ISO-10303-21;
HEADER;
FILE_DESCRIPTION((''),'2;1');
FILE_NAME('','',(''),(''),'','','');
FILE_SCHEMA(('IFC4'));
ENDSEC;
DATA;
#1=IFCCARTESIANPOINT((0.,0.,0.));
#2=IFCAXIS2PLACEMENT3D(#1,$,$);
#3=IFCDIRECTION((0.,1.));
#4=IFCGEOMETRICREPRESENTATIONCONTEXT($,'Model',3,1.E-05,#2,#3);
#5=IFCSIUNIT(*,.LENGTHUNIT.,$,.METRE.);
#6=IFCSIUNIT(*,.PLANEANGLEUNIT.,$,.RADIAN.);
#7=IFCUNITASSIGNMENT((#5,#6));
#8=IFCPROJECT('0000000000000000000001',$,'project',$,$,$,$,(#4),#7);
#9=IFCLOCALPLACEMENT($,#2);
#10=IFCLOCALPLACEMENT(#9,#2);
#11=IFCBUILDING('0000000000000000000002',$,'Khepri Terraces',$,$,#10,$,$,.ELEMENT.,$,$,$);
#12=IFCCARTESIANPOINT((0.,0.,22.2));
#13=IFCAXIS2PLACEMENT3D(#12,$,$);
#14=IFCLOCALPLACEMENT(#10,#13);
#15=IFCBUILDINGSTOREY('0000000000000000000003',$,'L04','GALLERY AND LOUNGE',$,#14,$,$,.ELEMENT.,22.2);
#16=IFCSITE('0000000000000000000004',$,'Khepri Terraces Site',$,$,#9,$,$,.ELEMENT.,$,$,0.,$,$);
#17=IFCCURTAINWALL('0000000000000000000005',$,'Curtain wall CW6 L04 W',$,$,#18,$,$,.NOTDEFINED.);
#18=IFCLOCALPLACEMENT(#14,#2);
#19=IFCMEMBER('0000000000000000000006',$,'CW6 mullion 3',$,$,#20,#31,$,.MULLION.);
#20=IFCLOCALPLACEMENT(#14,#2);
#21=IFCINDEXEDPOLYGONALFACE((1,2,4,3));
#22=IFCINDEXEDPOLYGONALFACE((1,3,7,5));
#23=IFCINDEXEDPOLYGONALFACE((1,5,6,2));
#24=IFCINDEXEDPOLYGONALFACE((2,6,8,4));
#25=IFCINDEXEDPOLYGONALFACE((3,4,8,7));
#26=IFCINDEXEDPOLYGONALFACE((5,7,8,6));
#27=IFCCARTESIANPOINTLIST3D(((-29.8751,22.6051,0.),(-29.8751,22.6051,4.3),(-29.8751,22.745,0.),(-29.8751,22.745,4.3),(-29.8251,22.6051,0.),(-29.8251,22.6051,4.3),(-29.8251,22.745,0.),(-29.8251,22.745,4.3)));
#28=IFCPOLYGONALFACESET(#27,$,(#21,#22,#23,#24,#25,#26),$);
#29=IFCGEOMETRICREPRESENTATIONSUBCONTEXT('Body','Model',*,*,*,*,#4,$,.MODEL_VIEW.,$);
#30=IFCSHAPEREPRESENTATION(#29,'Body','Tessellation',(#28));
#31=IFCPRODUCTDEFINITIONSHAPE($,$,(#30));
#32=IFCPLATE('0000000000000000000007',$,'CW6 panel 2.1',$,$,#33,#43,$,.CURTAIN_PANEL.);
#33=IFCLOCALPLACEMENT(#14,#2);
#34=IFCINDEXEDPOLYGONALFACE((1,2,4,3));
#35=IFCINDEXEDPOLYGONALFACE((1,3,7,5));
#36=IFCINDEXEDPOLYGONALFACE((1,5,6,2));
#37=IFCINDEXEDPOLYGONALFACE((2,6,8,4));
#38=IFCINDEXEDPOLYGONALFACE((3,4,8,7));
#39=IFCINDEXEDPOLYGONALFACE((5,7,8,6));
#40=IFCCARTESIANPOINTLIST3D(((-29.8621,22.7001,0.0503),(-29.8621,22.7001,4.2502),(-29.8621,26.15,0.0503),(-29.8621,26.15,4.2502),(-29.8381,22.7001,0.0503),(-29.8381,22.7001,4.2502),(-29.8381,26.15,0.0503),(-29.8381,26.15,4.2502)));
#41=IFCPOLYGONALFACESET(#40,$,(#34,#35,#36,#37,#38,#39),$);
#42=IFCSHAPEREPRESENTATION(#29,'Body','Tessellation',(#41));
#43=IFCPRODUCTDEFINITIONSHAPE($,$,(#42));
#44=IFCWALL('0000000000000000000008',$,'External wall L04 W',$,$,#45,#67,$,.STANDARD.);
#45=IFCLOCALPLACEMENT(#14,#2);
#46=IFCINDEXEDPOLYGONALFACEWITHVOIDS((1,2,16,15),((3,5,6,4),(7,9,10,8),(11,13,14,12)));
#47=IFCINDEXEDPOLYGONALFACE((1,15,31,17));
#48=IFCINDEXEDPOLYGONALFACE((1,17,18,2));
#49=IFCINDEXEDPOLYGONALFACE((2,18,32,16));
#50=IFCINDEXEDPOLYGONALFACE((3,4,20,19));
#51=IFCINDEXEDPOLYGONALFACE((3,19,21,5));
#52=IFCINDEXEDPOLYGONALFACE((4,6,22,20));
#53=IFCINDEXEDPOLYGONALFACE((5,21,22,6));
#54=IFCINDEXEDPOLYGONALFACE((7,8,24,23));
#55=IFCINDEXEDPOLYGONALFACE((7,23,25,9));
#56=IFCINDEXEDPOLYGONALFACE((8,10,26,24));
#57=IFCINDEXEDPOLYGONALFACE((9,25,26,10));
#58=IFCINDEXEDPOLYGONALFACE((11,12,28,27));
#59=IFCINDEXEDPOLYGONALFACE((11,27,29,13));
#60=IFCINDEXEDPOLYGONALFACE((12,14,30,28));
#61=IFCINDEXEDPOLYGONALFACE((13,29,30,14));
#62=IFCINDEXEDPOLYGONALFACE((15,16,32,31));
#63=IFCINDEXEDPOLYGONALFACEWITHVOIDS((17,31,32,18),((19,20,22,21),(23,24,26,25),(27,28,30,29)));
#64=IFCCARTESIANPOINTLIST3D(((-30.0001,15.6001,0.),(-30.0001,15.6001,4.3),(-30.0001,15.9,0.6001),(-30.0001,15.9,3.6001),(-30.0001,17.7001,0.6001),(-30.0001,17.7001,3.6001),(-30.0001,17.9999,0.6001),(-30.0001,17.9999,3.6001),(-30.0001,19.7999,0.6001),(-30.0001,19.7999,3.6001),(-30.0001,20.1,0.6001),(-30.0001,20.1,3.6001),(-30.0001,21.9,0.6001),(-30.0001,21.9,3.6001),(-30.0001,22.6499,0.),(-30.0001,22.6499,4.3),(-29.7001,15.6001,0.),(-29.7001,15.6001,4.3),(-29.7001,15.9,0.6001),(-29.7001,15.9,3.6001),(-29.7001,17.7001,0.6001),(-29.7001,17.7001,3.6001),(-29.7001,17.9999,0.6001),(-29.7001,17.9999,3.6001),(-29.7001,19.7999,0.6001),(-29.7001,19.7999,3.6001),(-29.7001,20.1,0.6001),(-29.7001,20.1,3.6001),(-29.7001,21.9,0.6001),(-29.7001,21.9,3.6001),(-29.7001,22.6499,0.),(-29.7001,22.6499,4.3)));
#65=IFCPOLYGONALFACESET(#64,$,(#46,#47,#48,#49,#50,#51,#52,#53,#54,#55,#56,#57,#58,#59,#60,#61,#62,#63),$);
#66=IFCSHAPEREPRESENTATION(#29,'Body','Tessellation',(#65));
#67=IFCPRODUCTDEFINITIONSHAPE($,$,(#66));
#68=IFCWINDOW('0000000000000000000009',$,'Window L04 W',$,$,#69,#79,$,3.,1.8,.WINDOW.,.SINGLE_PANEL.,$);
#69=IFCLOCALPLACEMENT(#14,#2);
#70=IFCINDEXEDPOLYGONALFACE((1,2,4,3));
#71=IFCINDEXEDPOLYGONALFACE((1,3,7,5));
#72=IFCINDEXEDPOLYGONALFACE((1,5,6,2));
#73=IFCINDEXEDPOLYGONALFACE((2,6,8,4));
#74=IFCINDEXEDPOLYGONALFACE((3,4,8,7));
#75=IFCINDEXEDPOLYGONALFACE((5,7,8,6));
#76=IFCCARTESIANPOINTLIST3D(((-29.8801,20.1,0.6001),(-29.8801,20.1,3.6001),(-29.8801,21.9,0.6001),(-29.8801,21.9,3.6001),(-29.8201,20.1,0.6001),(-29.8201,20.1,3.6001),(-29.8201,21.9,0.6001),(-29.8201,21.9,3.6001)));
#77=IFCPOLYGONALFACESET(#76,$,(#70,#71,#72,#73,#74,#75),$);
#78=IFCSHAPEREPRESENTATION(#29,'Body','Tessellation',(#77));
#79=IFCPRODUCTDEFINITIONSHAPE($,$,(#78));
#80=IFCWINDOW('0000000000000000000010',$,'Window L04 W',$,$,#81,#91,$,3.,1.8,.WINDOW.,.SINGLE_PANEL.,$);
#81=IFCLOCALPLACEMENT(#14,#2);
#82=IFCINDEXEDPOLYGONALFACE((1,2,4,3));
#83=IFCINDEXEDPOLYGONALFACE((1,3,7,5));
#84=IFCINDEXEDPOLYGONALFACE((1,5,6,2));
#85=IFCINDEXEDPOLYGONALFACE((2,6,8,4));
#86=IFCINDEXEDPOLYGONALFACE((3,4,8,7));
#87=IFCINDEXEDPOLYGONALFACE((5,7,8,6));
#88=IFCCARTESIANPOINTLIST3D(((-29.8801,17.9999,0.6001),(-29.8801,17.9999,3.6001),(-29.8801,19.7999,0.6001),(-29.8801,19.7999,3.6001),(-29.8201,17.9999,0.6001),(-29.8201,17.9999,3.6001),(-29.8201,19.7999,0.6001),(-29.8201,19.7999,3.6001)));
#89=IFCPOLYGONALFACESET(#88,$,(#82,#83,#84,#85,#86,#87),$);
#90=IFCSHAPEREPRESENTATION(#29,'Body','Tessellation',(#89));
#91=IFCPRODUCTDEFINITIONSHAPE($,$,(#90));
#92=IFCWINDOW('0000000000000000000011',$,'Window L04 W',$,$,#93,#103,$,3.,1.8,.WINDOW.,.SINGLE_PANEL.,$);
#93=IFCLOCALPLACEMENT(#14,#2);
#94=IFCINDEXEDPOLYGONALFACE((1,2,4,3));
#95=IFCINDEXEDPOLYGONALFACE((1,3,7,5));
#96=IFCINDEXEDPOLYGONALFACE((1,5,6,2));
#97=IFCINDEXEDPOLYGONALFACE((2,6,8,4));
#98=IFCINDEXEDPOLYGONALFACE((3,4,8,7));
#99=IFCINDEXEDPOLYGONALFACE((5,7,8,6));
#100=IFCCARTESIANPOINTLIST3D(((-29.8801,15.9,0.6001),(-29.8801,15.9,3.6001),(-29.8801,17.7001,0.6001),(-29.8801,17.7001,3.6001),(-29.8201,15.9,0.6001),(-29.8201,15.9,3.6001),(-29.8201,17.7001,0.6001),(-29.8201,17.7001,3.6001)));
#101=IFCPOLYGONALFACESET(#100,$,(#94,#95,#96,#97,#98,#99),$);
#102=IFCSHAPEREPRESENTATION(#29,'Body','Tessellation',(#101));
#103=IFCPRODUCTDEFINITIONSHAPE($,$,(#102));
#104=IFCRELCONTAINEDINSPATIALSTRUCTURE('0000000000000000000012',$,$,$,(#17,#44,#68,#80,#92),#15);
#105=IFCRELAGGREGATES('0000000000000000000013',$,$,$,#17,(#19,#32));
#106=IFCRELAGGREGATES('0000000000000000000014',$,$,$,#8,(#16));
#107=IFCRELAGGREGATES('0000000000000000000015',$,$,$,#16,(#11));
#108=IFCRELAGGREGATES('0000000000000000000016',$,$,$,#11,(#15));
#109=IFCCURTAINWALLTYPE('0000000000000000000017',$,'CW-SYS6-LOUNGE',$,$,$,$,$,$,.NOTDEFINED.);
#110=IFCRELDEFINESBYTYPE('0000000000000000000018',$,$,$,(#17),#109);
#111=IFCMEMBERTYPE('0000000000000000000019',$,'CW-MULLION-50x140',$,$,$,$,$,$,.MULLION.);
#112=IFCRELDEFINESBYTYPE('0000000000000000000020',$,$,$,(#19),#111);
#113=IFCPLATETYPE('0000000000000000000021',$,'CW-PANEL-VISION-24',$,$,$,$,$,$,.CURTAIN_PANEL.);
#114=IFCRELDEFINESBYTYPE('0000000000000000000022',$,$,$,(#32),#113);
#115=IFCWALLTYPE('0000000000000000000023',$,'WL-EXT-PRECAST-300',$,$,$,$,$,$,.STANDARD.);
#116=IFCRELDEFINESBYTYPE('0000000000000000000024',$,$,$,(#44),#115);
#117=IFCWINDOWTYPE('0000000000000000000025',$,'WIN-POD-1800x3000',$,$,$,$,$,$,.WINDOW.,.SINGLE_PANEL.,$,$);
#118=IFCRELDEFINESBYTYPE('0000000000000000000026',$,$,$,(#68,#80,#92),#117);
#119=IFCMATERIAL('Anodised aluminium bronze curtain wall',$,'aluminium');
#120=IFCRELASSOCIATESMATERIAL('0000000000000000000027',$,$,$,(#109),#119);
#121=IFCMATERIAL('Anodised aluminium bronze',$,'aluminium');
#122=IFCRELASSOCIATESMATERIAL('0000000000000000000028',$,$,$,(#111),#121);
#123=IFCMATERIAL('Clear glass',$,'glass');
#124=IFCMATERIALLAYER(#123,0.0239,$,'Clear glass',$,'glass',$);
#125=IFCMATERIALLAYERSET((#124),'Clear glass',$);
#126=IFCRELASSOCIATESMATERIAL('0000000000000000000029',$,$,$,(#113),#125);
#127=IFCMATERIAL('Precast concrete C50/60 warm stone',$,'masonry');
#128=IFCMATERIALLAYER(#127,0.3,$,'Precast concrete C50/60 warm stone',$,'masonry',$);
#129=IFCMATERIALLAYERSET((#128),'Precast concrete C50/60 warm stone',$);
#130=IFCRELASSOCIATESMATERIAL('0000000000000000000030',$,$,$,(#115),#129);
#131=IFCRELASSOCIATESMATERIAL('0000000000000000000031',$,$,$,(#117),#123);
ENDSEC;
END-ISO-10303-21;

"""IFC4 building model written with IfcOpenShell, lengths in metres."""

from ifc_helpers import new_model, si_unit, direction, frame, frame_2d, origin, origin_2d, place, context, subcontext, project, spatial, rectangle, extrude, material, layer, layer_set, material_profile, profile_set, type_object, element, fill, aggregate, save


model = new_model("IFC4")

# Units and contexts
model_context = context("Model", 3, precision=1e-05, world=origin(), true_north=direction((0.0, 1.0)))
body_context = subcontext(model_context, "Body", "Model", "MODEL_VIEW")
ifc_project = project(units=[si_unit("LENGTHUNIT", "METRE"), si_unit("PLANEANGLEUNIT", "RADIAN")], contexts=[model_context])

# Site, building, storey
site_placement = place(None, origin())
site = spatial("IfcSite", under=ifc_project, at=site_placement, Name="Khepri Terraces Site", CompositionType="ELEMENT", RefElevation=0.0)
building_placement = place(site_placement, origin())
building = spatial("IfcBuilding", under=site, at=building_placement, Name="Khepri Terraces", CompositionType="ELEMENT")
storey_placement = place(building_placement, frame((0.0, 0.0, 22.2)))
storey = spatial("IfcBuildingStorey", under=building, at=storey_placement, Name="L04", Description="GALLERY AND LOUNGE", CompositionType="ELEMENT", Elevation=22.2)

# Curtain wall, member, plate
ifc_material_1 = material(Name="Anodised aluminium bronze curtain wall", Category="aluminium")
curtain_wall_type = type_object("IfcCurtainWallType", Name="CW-SYS6-LOUNGE", PredefinedType="NOTDEFINED", material=ifc_material_1)
curtain_wall_placement = place(storey_placement, origin())
curtain_wall = element("IfcCurtainWall", 1, at=curtain_wall_placement, inside=storey, type_object=curtain_wall_type, Name="Curtain wall CW6 L04 W", PredefinedType="NOTDEFINED")
ifc_material_2 = material(Name="Anodised aluminium bronze", Category="aluminium")
ifc_material_profile = material_profile(ifc_material_2, rectangle(XDim=0.05, YDim=0.1399, at=origin_2d()), Name="Anodised aluminium bronze", Category="aluminium")
ifc_profile_set = profile_set([ifc_material_profile], Name="Anodised aluminium bronze")
member_type = type_object("IfcMemberType", Name="CW-MULLION-50x140", PredefinedType="MULLION", material=ifc_profile_set)
member_placement = place(storey_placement, frame((-29.8501, 22.675, 0.0), z_axis=(0.0, 0.0, 1.0), x_axis=(1.0, 0.0, 0.0)))
member = element("IfcMember", 2, at=member_placement, type_object=member_type, Name="CW6 mullion 3", PredefinedType="MULLION", context=body_context, shape_type="SweptSolid", body=[
    extrude(rectangle(XDim=0.05, YDim=0.1399, at=origin_2d()), origin(), (0.0, 0.0, 1.0), 4.3),
])
ifc_material_3 = material(Name="Clear glass", Category="glass")
ifc_layer_1 = layer(ifc_material_3, 0.0239, Name="Clear glass", Category="glass")
ifc_layer_set_1 = layer_set([ifc_layer_1], Name="Clear glass")
plate_type = type_object("IfcPlateType", Name="CW-PANEL-VISION-24", PredefinedType="CURTAIN_PANEL", material=ifc_layer_set_1)
plate_placement = place(storey_placement, frame((-29.8501, 24.425, 0.0503), z_axis=(0.0, 0.0, 1.0), x_axis=(0.0, -1.0, 0.0)))
plate = element("IfcPlate", 3, at=plate_placement, type_object=plate_type, Name="CW6 panel 2.1", PredefinedType="CURTAIN_PANEL", context=body_context, shape_type="SweptSolid", body=[
    extrude(rectangle(XDim=3.45, YDim=0.0239, at=origin_2d()), origin(), (0.0, 0.0, 1.0), 4.2),
])
aggregate(curtain_wall, [member, plate])

# Wall, openings, windows
ifc_material_4 = material(Name="Precast concrete C50/60 warm stone", Category="masonry")
ifc_layer_2 = layer(ifc_material_4, 0.3, Name="Precast concrete C50/60 warm stone", Category="masonry")
ifc_layer_set_2 = layer_set([ifc_layer_2], Name="Precast concrete C50/60 warm stone")
wall_type_1 = type_object("IfcWallType", Name="WL-EXT-PRECAST-300", PredefinedType="STANDARD", material=ifc_layer_set_2)
wall_1_placement = place(storey_placement, frame((-29.8501, 22.6499, 0.0), z_axis=(0.0, 0.0, 1.0), x_axis=(0.0, -1.0, 0.0)))
wall_1 = element("IfcWall", 4, at=wall_1_placement, inside=storey, type_object=wall_type_1, Name="External wall L04 W", PredefinedType="STANDARD", context=body_context, shape_type="SweptSolid", body=[
    extrude(rectangle(XDim=7.0498, YDim=0.3, at=frame_2d((3.5249, 0.0))), origin(), (0.0, 0.0, 1.0), 4.3),
])
opening_1_placement = place(wall_1_placement, frame((0.75, 0.0, 0.6001)))
opening_1 = element("IfcOpeningElement", 5, at=opening_1_placement, cuts=wall_1, PredefinedType="OPENING", context=body_context, shape_type="SweptSolid", body=[
    extrude(rectangle(XDim=1.8, YDim=3.0, at=frame_2d((0.8999, 1.5))), frame((0.0, 0.1602, 0.0), z_axis=(0.0, -1.0, 0.0), x_axis=(1.0, 0.0, 0.0)), (0.0, 0.0, 1.0), 0.3201),
])
opening_2_placement = place(wall_1_placement, frame((2.8501, 0.0, 0.6001)))
opening_2 = element("IfcOpeningElement", 6, at=opening_2_placement, cuts=wall_1, PredefinedType="OPENING", context=body_context, shape_type="SweptSolid", body=[
    extrude(rectangle(XDim=1.8, YDim=3.0, at=frame_2d((0.8999, 1.5))), frame((0.0, 0.1602, 0.0), z_axis=(0.0, -1.0, 0.0), x_axis=(1.0, 0.0, 0.0)), (0.0, 0.0, 1.0), 0.3201),
])
opening_3_placement = place(wall_1_placement, frame((4.95, 0.0, 0.6001)))
opening_3 = element("IfcOpeningElement", 7, at=opening_3_placement, cuts=wall_1, PredefinedType="OPENING", context=body_context, shape_type="SweptSolid", body=[
    extrude(rectangle(XDim=1.8, YDim=3.0, at=frame_2d((0.8999, 1.5))), frame((0.0, 0.1602, 0.0), z_axis=(0.0, -1.0, 0.0), x_axis=(1.0, 0.0, 0.0)), (0.0, 0.0, 1.0), 0.3201),
])
window_type = type_object("IfcWindowType", Name="WIN-POD-1800x3000", PartitioningType="SINGLE_PANEL", PredefinedType="WINDOW", material=ifc_material_3)
window_1_placement = place(opening_1_placement, origin())
window_1 = element("IfcWindow", 8, at=window_1_placement, inside=storey, type_object=window_type, Name="Window L04 W", OverallHeight=3.0, OverallWidth=1.8, PartitioningType="SINGLE_PANEL", PredefinedType="WINDOW", context=body_context, shape_type="SweptSolid", body=[
    extrude(rectangle(XDim=1.8, YDim=3.0, at=frame_2d((0.8999, 1.5))), frame((0.0, 0.03, 0.0), z_axis=(0.0, -1.0, 0.0), x_axis=(1.0, 0.0, 0.0)), (0.0, 0.0, 1.0), 0.0601),
])
fill(opening_1, window_1)
window_2_placement = place(opening_2_placement, origin())
window_2 = element("IfcWindow", 9, at=window_2_placement, inside=storey, type_object=window_type, Name="Window L04 W", OverallHeight=3.0, OverallWidth=1.8, PartitioningType="SINGLE_PANEL", PredefinedType="WINDOW", context=body_context, shape_type="SweptSolid", body=[
    extrude(rectangle(XDim=1.8, YDim=3.0, at=frame_2d((0.8999, 1.5))), frame((0.0, 0.03, 0.0), z_axis=(0.0, -1.0, 0.0), x_axis=(1.0, 0.0, 0.0)), (0.0, 0.0, 1.0), 0.0601),
])
fill(opening_2, window_2)
window_3_placement = place(opening_3_placement, origin())
window_3 = element("IfcWindow", 10, at=window_3_placement, inside=storey, type_object=window_type, Name="Window L04 W", OverallHeight=3.0, OverallWidth=1.8, PartitioningType="SINGLE_PANEL", PredefinedType="WINDOW", context=body_context, shape_type="SweptSolid", body=[
    extrude(rectangle(XDim=1.8, YDim=3.0, at=frame_2d((0.8999, 1.5))), frame((0.0, 0.03, 0.0), z_axis=(0.0, -1.0, 0.0), x_axis=(1.0, 0.0, 0.0)), (0.0, 0.0, 1.0), 0.0601),
])
fill(opening_3, window_3)

save(model, "model.ifc")
